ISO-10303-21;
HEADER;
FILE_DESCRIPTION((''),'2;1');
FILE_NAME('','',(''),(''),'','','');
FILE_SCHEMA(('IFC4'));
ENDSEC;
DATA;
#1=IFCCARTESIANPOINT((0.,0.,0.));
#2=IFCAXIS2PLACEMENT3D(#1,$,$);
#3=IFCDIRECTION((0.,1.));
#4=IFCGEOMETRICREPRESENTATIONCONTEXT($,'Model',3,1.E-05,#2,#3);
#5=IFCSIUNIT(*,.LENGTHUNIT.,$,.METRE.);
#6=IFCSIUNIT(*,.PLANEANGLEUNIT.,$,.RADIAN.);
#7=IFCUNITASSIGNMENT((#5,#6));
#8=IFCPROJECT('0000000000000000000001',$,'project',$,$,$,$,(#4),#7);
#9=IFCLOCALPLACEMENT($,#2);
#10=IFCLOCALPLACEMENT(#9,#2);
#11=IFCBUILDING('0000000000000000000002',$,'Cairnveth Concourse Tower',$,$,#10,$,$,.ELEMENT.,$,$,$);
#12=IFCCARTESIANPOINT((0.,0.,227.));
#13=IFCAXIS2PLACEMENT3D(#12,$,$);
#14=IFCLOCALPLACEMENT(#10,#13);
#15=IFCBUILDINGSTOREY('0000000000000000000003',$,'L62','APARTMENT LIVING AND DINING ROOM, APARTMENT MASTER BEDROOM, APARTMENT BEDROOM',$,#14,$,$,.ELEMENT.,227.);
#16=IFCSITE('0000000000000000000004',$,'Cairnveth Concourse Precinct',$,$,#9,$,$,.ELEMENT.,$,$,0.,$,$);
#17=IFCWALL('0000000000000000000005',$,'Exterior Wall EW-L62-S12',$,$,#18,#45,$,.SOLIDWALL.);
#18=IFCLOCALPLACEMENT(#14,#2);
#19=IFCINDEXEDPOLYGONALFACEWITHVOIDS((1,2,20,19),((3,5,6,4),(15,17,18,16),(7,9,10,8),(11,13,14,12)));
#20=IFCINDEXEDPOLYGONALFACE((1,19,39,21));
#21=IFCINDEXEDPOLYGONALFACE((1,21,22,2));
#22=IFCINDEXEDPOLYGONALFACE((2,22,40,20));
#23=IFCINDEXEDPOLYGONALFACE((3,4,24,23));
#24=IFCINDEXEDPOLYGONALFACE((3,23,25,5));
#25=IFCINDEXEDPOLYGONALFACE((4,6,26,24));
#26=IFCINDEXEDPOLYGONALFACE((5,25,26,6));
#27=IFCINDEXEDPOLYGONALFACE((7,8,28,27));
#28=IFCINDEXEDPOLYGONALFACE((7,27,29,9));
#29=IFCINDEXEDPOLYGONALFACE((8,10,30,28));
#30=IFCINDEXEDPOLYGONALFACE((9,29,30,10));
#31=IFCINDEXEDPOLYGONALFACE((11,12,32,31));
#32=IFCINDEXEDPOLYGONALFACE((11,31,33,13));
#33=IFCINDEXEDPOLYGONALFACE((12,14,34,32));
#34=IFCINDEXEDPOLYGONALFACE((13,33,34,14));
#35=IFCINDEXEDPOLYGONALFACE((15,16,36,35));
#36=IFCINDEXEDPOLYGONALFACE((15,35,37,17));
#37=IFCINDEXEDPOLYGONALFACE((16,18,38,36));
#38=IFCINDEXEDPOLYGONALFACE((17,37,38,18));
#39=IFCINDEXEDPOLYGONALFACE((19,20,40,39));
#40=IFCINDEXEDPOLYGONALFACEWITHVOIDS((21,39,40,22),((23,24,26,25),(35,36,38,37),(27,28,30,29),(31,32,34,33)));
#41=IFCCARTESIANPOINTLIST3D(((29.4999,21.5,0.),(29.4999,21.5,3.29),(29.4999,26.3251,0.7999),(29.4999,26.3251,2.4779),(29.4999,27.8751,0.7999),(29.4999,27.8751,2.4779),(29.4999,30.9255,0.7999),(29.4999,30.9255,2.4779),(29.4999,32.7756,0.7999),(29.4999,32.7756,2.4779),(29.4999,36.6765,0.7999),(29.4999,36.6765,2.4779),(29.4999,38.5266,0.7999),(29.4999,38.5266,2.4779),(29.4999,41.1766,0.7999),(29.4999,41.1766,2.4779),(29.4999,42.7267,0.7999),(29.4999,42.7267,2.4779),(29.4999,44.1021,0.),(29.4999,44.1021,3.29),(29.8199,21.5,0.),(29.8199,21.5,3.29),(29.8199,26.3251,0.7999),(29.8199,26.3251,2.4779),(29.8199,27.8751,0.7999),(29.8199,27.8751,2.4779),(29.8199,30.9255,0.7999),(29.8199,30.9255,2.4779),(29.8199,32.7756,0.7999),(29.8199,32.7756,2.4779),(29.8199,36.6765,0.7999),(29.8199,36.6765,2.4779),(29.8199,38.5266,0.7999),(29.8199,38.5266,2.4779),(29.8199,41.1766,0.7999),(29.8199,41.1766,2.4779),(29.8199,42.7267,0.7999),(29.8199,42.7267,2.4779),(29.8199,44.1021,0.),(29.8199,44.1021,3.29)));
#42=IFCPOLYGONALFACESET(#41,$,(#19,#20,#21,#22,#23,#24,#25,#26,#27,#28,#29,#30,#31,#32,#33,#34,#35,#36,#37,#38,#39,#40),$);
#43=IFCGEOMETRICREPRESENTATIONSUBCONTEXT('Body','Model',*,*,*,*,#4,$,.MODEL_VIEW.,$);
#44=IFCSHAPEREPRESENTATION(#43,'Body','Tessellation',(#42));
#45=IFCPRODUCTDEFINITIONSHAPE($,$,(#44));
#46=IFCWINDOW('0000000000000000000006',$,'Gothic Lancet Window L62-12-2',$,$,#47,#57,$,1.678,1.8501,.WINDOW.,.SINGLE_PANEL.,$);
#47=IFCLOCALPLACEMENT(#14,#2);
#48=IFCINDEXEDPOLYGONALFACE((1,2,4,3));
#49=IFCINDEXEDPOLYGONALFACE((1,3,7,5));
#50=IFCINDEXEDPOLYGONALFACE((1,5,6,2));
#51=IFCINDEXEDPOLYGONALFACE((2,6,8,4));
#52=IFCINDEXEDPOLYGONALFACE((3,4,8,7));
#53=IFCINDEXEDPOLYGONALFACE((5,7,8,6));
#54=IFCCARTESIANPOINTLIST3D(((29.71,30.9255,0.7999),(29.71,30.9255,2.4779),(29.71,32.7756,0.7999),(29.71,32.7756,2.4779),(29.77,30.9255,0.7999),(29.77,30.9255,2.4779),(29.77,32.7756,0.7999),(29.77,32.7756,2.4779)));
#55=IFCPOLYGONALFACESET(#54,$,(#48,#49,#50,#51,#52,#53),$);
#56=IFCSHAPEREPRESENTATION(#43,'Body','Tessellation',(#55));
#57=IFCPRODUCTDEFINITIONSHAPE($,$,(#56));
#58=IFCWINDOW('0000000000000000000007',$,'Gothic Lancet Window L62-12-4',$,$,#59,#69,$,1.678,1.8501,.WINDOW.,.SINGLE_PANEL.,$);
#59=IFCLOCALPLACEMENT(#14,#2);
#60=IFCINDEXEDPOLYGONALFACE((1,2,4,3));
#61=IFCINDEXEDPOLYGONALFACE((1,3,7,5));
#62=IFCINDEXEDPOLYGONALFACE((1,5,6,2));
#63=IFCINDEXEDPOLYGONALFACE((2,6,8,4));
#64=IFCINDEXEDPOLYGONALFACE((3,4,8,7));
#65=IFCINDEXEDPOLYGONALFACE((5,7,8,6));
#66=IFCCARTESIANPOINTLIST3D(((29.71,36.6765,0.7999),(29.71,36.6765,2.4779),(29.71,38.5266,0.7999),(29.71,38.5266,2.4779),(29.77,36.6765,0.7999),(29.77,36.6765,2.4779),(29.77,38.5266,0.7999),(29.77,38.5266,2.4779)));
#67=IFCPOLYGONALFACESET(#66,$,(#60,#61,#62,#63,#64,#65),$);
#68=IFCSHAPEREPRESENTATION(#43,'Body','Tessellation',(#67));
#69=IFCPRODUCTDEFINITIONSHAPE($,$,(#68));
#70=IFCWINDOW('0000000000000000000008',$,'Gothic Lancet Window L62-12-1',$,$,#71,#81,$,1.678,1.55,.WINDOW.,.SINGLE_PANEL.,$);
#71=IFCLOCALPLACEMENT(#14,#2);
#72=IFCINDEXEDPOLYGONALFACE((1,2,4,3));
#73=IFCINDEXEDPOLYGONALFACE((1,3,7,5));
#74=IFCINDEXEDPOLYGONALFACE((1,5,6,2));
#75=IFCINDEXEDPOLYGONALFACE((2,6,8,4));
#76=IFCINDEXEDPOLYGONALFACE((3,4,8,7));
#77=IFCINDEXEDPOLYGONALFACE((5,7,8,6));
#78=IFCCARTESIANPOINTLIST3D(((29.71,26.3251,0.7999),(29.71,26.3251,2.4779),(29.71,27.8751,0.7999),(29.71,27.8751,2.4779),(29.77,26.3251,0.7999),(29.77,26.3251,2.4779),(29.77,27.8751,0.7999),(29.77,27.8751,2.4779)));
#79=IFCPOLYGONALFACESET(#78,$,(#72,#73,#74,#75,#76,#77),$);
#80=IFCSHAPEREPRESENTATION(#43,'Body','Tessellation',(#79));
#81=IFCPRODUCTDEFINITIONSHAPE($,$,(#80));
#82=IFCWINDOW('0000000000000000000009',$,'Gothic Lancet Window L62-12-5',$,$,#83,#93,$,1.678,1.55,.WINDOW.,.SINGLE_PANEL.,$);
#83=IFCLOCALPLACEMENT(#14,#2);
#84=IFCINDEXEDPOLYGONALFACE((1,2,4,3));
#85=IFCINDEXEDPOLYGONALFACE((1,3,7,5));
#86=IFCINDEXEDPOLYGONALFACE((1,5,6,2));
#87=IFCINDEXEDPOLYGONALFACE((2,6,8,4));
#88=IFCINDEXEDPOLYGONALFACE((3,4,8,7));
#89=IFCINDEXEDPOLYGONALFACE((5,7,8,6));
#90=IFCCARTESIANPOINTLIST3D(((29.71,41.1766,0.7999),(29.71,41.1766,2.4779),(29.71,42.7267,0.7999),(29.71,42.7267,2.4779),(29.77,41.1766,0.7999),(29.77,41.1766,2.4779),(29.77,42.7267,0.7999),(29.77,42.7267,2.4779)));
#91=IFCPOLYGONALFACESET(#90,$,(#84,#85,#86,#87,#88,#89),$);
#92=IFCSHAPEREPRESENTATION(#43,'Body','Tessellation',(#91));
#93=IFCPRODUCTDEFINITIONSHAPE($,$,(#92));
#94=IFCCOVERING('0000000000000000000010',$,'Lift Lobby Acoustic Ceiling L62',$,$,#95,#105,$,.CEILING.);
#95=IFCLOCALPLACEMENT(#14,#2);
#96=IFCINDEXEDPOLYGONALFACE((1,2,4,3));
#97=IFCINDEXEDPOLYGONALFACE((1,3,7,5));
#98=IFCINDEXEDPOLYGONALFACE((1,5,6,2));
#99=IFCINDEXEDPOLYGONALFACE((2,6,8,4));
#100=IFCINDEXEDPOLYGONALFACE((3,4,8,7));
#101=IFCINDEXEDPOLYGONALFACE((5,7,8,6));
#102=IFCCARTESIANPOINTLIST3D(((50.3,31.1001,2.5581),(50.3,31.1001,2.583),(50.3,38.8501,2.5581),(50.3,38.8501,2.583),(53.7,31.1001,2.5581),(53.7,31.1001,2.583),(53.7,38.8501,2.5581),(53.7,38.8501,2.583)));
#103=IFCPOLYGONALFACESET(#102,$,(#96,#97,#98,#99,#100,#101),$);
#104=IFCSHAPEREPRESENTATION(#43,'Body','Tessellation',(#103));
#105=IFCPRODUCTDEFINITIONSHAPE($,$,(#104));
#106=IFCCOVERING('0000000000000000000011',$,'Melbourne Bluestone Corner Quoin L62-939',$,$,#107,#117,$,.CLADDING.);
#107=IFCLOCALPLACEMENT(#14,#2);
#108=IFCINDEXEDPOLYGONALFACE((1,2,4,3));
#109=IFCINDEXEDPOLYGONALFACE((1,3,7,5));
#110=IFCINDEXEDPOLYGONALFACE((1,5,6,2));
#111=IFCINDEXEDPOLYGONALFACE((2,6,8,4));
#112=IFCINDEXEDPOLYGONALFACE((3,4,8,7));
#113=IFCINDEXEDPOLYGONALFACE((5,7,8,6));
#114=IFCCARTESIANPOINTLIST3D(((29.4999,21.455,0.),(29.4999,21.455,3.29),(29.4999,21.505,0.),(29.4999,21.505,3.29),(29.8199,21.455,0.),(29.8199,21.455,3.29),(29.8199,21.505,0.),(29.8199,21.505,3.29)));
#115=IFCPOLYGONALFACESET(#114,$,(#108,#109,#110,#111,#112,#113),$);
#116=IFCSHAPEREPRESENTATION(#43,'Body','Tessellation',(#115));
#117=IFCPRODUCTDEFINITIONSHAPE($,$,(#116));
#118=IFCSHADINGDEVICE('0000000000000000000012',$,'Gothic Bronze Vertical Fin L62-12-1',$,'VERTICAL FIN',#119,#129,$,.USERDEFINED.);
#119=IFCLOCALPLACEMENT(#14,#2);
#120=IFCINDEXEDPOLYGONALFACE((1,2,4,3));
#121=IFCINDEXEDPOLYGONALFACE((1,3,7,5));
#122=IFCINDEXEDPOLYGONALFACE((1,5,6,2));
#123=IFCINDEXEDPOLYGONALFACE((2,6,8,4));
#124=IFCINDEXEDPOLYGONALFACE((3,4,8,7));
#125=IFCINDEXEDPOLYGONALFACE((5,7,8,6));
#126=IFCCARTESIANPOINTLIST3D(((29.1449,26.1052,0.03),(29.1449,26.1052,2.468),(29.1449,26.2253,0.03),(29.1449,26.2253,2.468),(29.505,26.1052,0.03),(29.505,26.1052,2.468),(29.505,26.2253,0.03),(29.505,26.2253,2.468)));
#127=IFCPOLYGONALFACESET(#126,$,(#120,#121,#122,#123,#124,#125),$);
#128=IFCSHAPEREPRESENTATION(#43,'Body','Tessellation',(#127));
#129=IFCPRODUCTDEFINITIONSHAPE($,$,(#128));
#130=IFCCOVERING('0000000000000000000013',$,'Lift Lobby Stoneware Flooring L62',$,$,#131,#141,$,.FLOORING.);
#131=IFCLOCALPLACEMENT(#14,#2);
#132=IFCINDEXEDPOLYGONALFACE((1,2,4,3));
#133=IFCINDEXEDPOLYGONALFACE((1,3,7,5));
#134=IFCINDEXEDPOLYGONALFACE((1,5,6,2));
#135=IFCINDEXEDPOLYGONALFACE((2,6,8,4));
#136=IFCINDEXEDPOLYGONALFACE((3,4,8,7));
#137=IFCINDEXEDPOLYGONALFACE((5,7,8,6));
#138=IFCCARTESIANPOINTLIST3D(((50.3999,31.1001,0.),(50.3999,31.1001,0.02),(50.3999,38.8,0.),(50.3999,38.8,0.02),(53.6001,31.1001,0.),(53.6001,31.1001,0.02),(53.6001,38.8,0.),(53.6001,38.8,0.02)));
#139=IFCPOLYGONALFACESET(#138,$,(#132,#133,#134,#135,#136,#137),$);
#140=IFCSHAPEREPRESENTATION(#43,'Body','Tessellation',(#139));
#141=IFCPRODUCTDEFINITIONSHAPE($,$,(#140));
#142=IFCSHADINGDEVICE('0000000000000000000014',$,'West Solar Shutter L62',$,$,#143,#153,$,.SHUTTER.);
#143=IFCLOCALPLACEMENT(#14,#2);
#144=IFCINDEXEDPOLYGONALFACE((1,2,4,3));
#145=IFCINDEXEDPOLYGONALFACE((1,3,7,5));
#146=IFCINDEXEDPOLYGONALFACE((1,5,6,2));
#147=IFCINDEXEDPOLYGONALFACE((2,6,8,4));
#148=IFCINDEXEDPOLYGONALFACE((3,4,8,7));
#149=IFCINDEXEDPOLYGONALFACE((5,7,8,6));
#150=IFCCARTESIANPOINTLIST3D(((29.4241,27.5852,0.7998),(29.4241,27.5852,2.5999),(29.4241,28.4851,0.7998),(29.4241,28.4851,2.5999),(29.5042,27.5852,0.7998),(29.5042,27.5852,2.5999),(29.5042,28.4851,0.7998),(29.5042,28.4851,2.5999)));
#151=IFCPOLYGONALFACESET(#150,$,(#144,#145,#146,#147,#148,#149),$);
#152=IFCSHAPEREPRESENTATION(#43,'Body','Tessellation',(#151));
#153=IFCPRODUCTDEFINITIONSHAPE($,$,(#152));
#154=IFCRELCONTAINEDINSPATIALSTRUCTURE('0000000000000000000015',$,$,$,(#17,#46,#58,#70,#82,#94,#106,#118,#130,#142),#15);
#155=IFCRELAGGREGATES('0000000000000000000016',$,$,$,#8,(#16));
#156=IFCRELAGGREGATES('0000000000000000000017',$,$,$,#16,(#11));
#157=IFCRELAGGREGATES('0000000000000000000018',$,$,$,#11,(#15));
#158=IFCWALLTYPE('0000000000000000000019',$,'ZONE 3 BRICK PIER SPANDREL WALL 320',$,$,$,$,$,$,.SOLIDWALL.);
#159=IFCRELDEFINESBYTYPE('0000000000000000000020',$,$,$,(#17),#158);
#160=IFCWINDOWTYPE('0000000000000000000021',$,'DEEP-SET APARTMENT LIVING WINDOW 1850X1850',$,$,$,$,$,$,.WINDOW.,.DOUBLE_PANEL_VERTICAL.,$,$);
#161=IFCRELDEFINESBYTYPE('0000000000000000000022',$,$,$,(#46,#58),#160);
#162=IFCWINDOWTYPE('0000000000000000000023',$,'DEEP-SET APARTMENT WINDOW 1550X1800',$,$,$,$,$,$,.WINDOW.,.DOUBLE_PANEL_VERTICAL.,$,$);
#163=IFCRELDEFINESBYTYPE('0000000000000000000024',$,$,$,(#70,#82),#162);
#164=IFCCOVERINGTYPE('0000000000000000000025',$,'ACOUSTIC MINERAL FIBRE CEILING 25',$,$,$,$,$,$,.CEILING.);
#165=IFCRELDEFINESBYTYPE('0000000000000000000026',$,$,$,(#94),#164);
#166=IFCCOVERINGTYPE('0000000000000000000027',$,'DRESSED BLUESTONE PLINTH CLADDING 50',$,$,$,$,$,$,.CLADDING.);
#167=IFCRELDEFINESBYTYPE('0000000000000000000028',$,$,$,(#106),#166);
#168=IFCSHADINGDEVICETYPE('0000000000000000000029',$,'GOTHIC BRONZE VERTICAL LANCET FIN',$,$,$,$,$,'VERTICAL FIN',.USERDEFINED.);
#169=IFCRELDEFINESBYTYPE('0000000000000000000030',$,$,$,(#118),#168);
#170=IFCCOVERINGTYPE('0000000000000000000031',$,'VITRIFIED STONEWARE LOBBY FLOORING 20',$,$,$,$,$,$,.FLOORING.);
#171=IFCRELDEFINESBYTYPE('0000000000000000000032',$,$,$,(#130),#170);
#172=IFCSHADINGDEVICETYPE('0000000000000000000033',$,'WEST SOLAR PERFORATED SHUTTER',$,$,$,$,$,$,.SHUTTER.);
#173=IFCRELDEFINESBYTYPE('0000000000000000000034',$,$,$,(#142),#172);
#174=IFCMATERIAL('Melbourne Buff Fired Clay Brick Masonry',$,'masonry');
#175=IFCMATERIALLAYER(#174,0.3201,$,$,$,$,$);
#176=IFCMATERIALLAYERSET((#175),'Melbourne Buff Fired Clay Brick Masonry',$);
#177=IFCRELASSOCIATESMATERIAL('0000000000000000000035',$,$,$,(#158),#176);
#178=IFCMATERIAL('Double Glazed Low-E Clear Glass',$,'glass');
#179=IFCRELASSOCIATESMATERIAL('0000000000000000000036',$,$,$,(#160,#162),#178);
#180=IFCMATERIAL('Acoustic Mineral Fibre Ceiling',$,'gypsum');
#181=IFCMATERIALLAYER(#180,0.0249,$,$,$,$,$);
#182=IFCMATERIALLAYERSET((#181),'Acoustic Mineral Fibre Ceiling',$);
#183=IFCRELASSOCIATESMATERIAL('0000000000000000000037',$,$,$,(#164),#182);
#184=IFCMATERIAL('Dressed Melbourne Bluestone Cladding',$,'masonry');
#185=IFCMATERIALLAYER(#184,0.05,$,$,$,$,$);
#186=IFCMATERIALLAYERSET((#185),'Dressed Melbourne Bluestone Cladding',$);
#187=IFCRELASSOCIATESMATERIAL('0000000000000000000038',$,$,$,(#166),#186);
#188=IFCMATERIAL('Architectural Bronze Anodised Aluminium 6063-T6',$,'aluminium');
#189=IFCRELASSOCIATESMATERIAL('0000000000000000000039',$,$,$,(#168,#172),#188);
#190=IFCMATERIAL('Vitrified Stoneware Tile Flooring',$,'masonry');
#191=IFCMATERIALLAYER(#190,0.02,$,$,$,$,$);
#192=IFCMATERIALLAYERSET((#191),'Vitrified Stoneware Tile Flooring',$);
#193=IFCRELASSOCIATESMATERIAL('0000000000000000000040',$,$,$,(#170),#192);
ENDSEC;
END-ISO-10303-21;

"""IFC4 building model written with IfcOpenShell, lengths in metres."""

from ifc_helpers import new_model, si_unit, direction, frame, frame_2d, origin, origin_2d, place, context, subcontext, project, spatial, polyline, rectangle, outline, extrude, material, layer, layer_set, type_object, element, fill, save


model = new_model("IFC4")

# Units and contexts
model_context = context("Model", 3, precision=1e-05, world=origin(), true_north=direction((0.0, 1.0)))
body_context = subcontext(model_context, "Body", "Model", "MODEL_VIEW")
ifc_project = project(units=[si_unit("LENGTHUNIT", "METRE"), si_unit("PLANEANGLEUNIT", "RADIAN")], contexts=[model_context])

# Site, building, storey
site_placement = place(None, origin())
site = spatial("IfcSite", under=ifc_project, at=site_placement, Name="Cairnveth Concourse Precinct", CompositionType="ELEMENT", RefElevation=0.0)
building_placement = place(site_placement, origin())
building = spatial("IfcBuilding", under=site, at=building_placement, Name="Cairnveth Concourse Tower", CompositionType="ELEMENT")
storey_placement = place(building_placement, frame((0.0, 0.0, 227.0)))
storey = spatial("IfcBuildingStorey", under=building, at=storey_placement, Name="L62", Description="APARTMENT LIVING AND DINING ROOM, APARTMENT MASTER BEDROOM, APARTMENT BEDROOM", CompositionType="ELEMENT", Elevation=227.0)

# Wall, openings, windows
ifc_material_1 = material(Name="Melbourne Buff Fired Clay Brick Masonry", Category="masonry")
ifc_layer_1 = layer(ifc_material_1, 0.3201)
ifc_layer_set_1 = layer_set([ifc_layer_1], Name="Melbourne Buff Fired Clay Brick Masonry")
wall_type_1 = type_object("IfcWallType", Name="ZONE 3 BRICK PIER SPANDREL WALL 320", PredefinedType="SOLIDWALL", material=ifc_layer_set_1)
wall_1_placement = place(storey_placement, frame((29.6599, 21.5, 0.0), z_axis=(0.0, 0.0, 1.0), x_axis=(0.0, 1.0, 0.0)))
wall_1 = element("IfcWall", 1, at=wall_1_placement, inside=storey, type_object=wall_type_1, Name="Exterior Wall EW-L62-S12", PredefinedType="SOLIDWALL", context=body_context, shape_type="SweptSolid", body=[
    extrude(rectangle(XDim=22.6021, YDim=0.3201, at=frame_2d((11.301, 0.0))), origin(), (0.0, 0.0, 1.0), 3.29),
])
opening_1_placement = place(wall_1_placement, frame((4.8252, 0.0, 0.8)))
opening_1 = element("IfcOpeningElement", 2, at=opening_1_placement, cuts=wall_1, PredefinedType="OPENING", context=body_context, shape_type="SweptSolid", body=[
    extrude(rectangle(XDim=1.55, YDim=1.678, at=frame_2d((0.7749, 0.8389))), frame((0.0, 0.1699, 0.0), z_axis=(0.0, -1.0, 0.0), x_axis=(1.0, 0.0, 0.0)), (0.0, 0.0, 1.0), 0.3401),
])
opening_2_placement = place(wall_1_placement, frame((9.4255, 0.0, 0.8)))
opening_2 = element("IfcOpeningElement", 3, at=opening_2_placement, cuts=wall_1, PredefinedType="OPENING", context=body_context, shape_type="SweptSolid", body=[
    extrude(rectangle(XDim=1.8501, YDim=1.678, at=frame_2d((0.925, 0.8389))), frame((0.0, 0.1699, 0.0), z_axis=(0.0, -1.0, 0.0), x_axis=(1.0, 0.0, 0.0)), (0.0, 0.0, 1.0), 0.3401),
])
opening_3_placement = place(wall_1_placement, frame((15.1765, 0.0, 0.8)))
opening_3 = element("IfcOpeningElement", 4, at=opening_3_placement, cuts=wall_1, PredefinedType="OPENING", context=body_context, shape_type="SweptSolid", body=[
    extrude(rectangle(XDim=1.8501, YDim=1.678, at=frame_2d((0.925, 0.8389))), frame((0.0, 0.1699, 0.0), z_axis=(0.0, -1.0, 0.0), x_axis=(1.0, 0.0, 0.0)), (0.0, 0.0, 1.0), 0.3401),
])
opening_4_placement = place(wall_1_placement, frame((19.6768, 0.0, 0.8)))
opening_4 = element("IfcOpeningElement", 5, at=opening_4_placement, cuts=wall_1, PredefinedType="OPENING", context=body_context, shape_type="SweptSolid", body=[
    extrude(rectangle(XDim=1.55, YDim=1.678, at=frame_2d((0.7749, 0.8389))), frame((0.0, 0.1699, 0.0), z_axis=(0.0, -1.0, 0.0), x_axis=(1.0, 0.0, 0.0)), (0.0, 0.0, 1.0), 0.3401),
])
ifc_material_2 = material(Name="Double Glazed Low-E Clear Glass", Category="glass")
window_type_1 = type_object("IfcWindowType", Name="DEEP-SET APARTMENT LIVING WINDOW 1850X1850", PartitioningType="DOUBLE_PANEL_VERTICAL", PredefinedType="WINDOW", material=ifc_material_2)
window_1_placement = place(opening_2_placement, origin())
window_1 = element("IfcWindow", 6, at=window_1_placement, inside=storey, type_object=window_type_1, Name="Gothic Lancet Window L62-12-2", OverallHeight=1.678, OverallWidth=1.8501, PartitioningType="SINGLE_PANEL", PredefinedType="WINDOW", context=body_context, shape_type="SweptSolid", body=[
    extrude(rectangle(XDim=1.8501, YDim=1.678, at=frame_2d((0.925, 0.8389))), frame((0.0, -0.05, 0.0), z_axis=(0.0, -1.0, 0.0), x_axis=(1.0, 0.0, 0.0)), (0.0, 0.0, 1.0), 0.0601),
])
fill(opening_2, window_1)
window_2_placement = place(opening_3_placement, origin())
window_2 = element("IfcWindow", 7, at=window_2_placement, inside=storey, type_object=window_type_1, Name="Gothic Lancet Window L62-12-4", OverallHeight=1.678, OverallWidth=1.8501, PartitioningType="SINGLE_PANEL", PredefinedType="WINDOW", context=body_context, shape_type="SweptSolid", body=[
    extrude(rectangle(XDim=1.8501, YDim=1.678, at=frame_2d((0.925, 0.8389))), frame((0.0, -0.05, 0.0), z_axis=(0.0, -1.0, 0.0), x_axis=(1.0, 0.0, 0.0)), (0.0, 0.0, 1.0), 0.0601),
])
fill(opening_3, window_2)
window_type_2 = type_object("IfcWindowType", Name="DEEP-SET APARTMENT WINDOW 1550X1800", PartitioningType="DOUBLE_PANEL_VERTICAL", PredefinedType="WINDOW", material=ifc_material_2)
window_3_placement = place(opening_1_placement, origin())
window_3 = element("IfcWindow", 8, at=window_3_placement, inside=storey, type_object=window_type_2, Name="Gothic Lancet Window L62-12-1", OverallHeight=1.678, OverallWidth=1.55, PartitioningType="SINGLE_PANEL", PredefinedType="WINDOW", context=body_context, shape_type="SweptSolid", body=[
    extrude(rectangle(XDim=1.55, YDim=1.678, at=frame_2d((0.7749, 0.8389))), frame((0.0, -0.05, 0.0), z_axis=(0.0, -1.0, 0.0), x_axis=(1.0, 0.0, 0.0)), (0.0, 0.0, 1.0), 0.0601),
])
fill(opening_1, window_3)
window_4_placement = place(opening_4_placement, origin())
window_4 = element("IfcWindow", 9, at=window_4_placement, inside=storey, type_object=window_type_2, Name="Gothic Lancet Window L62-12-5", OverallHeight=1.678, OverallWidth=1.55, PartitioningType="SINGLE_PANEL", PredefinedType="WINDOW", context=body_context, shape_type="SweptSolid", body=[
    extrude(rectangle(XDim=1.55, YDim=1.678, at=frame_2d((0.7749, 0.8389))), frame((0.0, -0.05, 0.0), z_axis=(0.0, -1.0, 0.0), x_axis=(1.0, 0.0, 0.0)), (0.0, 0.0, 1.0), 0.0601),
])
fill(opening_4, window_4)

# Coverings
ifc_material_3 = material(Name="Acoustic Mineral Fibre Ceiling", Category="gypsum")
ifc_layer_2 = layer(ifc_material_3, 0.0249)
ifc_layer_set_2 = layer_set([ifc_layer_2], Name="Acoustic Mineral Fibre Ceiling")
covering_type_1 = type_object("IfcCoveringType", Name="ACOUSTIC MINERAL FIBRE CEILING 25", PredefinedType="CEILING", material=ifc_layer_set_2)
covering_1_placement = place(storey_placement, frame((0.0, 0.0, 2.5581)))
element("IfcCovering", 10, at=covering_1_placement, inside=storey, type_object=covering_type_1, Name="Lift Lobby Acoustic Ceiling L62", PredefinedType="CEILING", context=body_context, shape_type="SweptSolid", body=[
    extrude(outline(polyline([(50.3, 31.1001), (53.7, 31.1001), (53.7, 38.8501), (50.3, 38.8501), (50.3, 31.1001)])), origin(), (0.0, 0.0, 1.0), 0.0249),
])
ifc_material_4 = material(Name="Dressed Melbourne Bluestone Cladding", Category="masonry")
ifc_layer_3 = layer(ifc_material_4, 0.05)
ifc_layer_set_3 = layer_set([ifc_layer_3], Name="Dressed Melbourne Bluestone Cladding")
covering_type_2 = type_object("IfcCoveringType", Name="DRESSED BLUESTONE PLINTH CLADDING 50", PredefinedType="CLADDING", material=ifc_layer_set_3)
covering_2_placement = place(storey_placement, frame((29.8201, 21.48, 0.0), z_axis=(0.0, 0.0, 1.0), x_axis=(-1.0, 0.0, 0.0)))
element("IfcCovering", 11, at=covering_2_placement, inside=storey, type_object=covering_type_2, Name="Melbourne Bluestone Corner Quoin L62-939", PredefinedType="CLADDING", context=body_context, shape_type="SweptSolid", body=[
    extrude(rectangle(XDim=0.3201, YDim=0.05, at=frame_2d((0.1602, 0.0))), origin(), (0.0, 0.0, 1.0), 3.29),
])

# Shading device
ifc_material_5 = material(Name="Architectural Bronze Anodised Aluminium 6063-T6", Category="aluminium")
shading_device_type_1 = type_object("IfcShadingDeviceType", Name="GOTHIC BRONZE VERTICAL LANCET FIN", ElementType="VERTICAL FIN", PredefinedType="USERDEFINED", material=ifc_material_5)
shading_device_1_placement = place(storey_placement, frame((29.325, 26.1653, 0.03), z_axis=(0.0, 0.0, 1.0), x_axis=(0.0, 1.0, 0.0)))
element("IfcShadingDevice", 12, at=shading_device_1_placement, inside=storey, type_object=shading_device_type_1, Name="Gothic Bronze Vertical Fin L62-12-1", ObjectType="VERTICAL FIN", PredefinedType="USERDEFINED", context=body_context, shape_type="SweptSolid", body=[
    extrude(rectangle(XDim=0.1201, YDim=0.3601, at=origin_2d()), origin(), (0.0, 0.0, 1.0), 2.438),
])

# Covering
ifc_material_6 = material(Name="Vitrified Stoneware Tile Flooring", Category="masonry")
ifc_layer_4 = layer(ifc_material_6, 0.02)
ifc_layer_set_4 = layer_set([ifc_layer_4], Name="Vitrified Stoneware Tile Flooring")
covering_type_3 = type_object("IfcCoveringType", Name="VITRIFIED STONEWARE LOBBY FLOORING 20", PredefinedType="FLOORING", material=ifc_layer_set_4)
covering_3_placement = place(storey_placement, origin())
element("IfcCovering", 13, at=covering_3_placement, inside=storey, type_object=covering_type_3, Name="Lift Lobby Stoneware Flooring L62", PredefinedType="FLOORING", context=body_context, shape_type="SweptSolid", body=[
    extrude(outline(polyline([(50.3999, 31.1001), (53.6001, 31.1001), (53.6001, 38.8), (50.3999, 38.8), (50.3999, 31.1001)])), origin(), (0.0, 0.0, 1.0), 0.02),
])

# Shading device
shading_device_type_2 = type_object("IfcShadingDeviceType", Name="WEST SOLAR PERFORATED SHUTTER", PredefinedType="SHUTTER", material=ifc_material_5)
shading_device_2_placement = place(storey_placement, frame((29.4641, 28.0352, 0.7998), z_axis=(0.0, 0.0, 1.0), x_axis=(1.0, 0.0, 0.0)))
element("IfcShadingDevice", 14, at=shading_device_2_placement, inside=storey, type_object=shading_device_type_2, Name="West Solar Shutter L62", PredefinedType="SHUTTER", context=body_context, shape_type="SweptSolid", body=[
    extrude(rectangle(XDim=0.0801, YDim=0.8999, at=origin_2d()), origin(), (0.0, 0.0, 1.0), 1.8),
])

save(model, "model.ifc")
